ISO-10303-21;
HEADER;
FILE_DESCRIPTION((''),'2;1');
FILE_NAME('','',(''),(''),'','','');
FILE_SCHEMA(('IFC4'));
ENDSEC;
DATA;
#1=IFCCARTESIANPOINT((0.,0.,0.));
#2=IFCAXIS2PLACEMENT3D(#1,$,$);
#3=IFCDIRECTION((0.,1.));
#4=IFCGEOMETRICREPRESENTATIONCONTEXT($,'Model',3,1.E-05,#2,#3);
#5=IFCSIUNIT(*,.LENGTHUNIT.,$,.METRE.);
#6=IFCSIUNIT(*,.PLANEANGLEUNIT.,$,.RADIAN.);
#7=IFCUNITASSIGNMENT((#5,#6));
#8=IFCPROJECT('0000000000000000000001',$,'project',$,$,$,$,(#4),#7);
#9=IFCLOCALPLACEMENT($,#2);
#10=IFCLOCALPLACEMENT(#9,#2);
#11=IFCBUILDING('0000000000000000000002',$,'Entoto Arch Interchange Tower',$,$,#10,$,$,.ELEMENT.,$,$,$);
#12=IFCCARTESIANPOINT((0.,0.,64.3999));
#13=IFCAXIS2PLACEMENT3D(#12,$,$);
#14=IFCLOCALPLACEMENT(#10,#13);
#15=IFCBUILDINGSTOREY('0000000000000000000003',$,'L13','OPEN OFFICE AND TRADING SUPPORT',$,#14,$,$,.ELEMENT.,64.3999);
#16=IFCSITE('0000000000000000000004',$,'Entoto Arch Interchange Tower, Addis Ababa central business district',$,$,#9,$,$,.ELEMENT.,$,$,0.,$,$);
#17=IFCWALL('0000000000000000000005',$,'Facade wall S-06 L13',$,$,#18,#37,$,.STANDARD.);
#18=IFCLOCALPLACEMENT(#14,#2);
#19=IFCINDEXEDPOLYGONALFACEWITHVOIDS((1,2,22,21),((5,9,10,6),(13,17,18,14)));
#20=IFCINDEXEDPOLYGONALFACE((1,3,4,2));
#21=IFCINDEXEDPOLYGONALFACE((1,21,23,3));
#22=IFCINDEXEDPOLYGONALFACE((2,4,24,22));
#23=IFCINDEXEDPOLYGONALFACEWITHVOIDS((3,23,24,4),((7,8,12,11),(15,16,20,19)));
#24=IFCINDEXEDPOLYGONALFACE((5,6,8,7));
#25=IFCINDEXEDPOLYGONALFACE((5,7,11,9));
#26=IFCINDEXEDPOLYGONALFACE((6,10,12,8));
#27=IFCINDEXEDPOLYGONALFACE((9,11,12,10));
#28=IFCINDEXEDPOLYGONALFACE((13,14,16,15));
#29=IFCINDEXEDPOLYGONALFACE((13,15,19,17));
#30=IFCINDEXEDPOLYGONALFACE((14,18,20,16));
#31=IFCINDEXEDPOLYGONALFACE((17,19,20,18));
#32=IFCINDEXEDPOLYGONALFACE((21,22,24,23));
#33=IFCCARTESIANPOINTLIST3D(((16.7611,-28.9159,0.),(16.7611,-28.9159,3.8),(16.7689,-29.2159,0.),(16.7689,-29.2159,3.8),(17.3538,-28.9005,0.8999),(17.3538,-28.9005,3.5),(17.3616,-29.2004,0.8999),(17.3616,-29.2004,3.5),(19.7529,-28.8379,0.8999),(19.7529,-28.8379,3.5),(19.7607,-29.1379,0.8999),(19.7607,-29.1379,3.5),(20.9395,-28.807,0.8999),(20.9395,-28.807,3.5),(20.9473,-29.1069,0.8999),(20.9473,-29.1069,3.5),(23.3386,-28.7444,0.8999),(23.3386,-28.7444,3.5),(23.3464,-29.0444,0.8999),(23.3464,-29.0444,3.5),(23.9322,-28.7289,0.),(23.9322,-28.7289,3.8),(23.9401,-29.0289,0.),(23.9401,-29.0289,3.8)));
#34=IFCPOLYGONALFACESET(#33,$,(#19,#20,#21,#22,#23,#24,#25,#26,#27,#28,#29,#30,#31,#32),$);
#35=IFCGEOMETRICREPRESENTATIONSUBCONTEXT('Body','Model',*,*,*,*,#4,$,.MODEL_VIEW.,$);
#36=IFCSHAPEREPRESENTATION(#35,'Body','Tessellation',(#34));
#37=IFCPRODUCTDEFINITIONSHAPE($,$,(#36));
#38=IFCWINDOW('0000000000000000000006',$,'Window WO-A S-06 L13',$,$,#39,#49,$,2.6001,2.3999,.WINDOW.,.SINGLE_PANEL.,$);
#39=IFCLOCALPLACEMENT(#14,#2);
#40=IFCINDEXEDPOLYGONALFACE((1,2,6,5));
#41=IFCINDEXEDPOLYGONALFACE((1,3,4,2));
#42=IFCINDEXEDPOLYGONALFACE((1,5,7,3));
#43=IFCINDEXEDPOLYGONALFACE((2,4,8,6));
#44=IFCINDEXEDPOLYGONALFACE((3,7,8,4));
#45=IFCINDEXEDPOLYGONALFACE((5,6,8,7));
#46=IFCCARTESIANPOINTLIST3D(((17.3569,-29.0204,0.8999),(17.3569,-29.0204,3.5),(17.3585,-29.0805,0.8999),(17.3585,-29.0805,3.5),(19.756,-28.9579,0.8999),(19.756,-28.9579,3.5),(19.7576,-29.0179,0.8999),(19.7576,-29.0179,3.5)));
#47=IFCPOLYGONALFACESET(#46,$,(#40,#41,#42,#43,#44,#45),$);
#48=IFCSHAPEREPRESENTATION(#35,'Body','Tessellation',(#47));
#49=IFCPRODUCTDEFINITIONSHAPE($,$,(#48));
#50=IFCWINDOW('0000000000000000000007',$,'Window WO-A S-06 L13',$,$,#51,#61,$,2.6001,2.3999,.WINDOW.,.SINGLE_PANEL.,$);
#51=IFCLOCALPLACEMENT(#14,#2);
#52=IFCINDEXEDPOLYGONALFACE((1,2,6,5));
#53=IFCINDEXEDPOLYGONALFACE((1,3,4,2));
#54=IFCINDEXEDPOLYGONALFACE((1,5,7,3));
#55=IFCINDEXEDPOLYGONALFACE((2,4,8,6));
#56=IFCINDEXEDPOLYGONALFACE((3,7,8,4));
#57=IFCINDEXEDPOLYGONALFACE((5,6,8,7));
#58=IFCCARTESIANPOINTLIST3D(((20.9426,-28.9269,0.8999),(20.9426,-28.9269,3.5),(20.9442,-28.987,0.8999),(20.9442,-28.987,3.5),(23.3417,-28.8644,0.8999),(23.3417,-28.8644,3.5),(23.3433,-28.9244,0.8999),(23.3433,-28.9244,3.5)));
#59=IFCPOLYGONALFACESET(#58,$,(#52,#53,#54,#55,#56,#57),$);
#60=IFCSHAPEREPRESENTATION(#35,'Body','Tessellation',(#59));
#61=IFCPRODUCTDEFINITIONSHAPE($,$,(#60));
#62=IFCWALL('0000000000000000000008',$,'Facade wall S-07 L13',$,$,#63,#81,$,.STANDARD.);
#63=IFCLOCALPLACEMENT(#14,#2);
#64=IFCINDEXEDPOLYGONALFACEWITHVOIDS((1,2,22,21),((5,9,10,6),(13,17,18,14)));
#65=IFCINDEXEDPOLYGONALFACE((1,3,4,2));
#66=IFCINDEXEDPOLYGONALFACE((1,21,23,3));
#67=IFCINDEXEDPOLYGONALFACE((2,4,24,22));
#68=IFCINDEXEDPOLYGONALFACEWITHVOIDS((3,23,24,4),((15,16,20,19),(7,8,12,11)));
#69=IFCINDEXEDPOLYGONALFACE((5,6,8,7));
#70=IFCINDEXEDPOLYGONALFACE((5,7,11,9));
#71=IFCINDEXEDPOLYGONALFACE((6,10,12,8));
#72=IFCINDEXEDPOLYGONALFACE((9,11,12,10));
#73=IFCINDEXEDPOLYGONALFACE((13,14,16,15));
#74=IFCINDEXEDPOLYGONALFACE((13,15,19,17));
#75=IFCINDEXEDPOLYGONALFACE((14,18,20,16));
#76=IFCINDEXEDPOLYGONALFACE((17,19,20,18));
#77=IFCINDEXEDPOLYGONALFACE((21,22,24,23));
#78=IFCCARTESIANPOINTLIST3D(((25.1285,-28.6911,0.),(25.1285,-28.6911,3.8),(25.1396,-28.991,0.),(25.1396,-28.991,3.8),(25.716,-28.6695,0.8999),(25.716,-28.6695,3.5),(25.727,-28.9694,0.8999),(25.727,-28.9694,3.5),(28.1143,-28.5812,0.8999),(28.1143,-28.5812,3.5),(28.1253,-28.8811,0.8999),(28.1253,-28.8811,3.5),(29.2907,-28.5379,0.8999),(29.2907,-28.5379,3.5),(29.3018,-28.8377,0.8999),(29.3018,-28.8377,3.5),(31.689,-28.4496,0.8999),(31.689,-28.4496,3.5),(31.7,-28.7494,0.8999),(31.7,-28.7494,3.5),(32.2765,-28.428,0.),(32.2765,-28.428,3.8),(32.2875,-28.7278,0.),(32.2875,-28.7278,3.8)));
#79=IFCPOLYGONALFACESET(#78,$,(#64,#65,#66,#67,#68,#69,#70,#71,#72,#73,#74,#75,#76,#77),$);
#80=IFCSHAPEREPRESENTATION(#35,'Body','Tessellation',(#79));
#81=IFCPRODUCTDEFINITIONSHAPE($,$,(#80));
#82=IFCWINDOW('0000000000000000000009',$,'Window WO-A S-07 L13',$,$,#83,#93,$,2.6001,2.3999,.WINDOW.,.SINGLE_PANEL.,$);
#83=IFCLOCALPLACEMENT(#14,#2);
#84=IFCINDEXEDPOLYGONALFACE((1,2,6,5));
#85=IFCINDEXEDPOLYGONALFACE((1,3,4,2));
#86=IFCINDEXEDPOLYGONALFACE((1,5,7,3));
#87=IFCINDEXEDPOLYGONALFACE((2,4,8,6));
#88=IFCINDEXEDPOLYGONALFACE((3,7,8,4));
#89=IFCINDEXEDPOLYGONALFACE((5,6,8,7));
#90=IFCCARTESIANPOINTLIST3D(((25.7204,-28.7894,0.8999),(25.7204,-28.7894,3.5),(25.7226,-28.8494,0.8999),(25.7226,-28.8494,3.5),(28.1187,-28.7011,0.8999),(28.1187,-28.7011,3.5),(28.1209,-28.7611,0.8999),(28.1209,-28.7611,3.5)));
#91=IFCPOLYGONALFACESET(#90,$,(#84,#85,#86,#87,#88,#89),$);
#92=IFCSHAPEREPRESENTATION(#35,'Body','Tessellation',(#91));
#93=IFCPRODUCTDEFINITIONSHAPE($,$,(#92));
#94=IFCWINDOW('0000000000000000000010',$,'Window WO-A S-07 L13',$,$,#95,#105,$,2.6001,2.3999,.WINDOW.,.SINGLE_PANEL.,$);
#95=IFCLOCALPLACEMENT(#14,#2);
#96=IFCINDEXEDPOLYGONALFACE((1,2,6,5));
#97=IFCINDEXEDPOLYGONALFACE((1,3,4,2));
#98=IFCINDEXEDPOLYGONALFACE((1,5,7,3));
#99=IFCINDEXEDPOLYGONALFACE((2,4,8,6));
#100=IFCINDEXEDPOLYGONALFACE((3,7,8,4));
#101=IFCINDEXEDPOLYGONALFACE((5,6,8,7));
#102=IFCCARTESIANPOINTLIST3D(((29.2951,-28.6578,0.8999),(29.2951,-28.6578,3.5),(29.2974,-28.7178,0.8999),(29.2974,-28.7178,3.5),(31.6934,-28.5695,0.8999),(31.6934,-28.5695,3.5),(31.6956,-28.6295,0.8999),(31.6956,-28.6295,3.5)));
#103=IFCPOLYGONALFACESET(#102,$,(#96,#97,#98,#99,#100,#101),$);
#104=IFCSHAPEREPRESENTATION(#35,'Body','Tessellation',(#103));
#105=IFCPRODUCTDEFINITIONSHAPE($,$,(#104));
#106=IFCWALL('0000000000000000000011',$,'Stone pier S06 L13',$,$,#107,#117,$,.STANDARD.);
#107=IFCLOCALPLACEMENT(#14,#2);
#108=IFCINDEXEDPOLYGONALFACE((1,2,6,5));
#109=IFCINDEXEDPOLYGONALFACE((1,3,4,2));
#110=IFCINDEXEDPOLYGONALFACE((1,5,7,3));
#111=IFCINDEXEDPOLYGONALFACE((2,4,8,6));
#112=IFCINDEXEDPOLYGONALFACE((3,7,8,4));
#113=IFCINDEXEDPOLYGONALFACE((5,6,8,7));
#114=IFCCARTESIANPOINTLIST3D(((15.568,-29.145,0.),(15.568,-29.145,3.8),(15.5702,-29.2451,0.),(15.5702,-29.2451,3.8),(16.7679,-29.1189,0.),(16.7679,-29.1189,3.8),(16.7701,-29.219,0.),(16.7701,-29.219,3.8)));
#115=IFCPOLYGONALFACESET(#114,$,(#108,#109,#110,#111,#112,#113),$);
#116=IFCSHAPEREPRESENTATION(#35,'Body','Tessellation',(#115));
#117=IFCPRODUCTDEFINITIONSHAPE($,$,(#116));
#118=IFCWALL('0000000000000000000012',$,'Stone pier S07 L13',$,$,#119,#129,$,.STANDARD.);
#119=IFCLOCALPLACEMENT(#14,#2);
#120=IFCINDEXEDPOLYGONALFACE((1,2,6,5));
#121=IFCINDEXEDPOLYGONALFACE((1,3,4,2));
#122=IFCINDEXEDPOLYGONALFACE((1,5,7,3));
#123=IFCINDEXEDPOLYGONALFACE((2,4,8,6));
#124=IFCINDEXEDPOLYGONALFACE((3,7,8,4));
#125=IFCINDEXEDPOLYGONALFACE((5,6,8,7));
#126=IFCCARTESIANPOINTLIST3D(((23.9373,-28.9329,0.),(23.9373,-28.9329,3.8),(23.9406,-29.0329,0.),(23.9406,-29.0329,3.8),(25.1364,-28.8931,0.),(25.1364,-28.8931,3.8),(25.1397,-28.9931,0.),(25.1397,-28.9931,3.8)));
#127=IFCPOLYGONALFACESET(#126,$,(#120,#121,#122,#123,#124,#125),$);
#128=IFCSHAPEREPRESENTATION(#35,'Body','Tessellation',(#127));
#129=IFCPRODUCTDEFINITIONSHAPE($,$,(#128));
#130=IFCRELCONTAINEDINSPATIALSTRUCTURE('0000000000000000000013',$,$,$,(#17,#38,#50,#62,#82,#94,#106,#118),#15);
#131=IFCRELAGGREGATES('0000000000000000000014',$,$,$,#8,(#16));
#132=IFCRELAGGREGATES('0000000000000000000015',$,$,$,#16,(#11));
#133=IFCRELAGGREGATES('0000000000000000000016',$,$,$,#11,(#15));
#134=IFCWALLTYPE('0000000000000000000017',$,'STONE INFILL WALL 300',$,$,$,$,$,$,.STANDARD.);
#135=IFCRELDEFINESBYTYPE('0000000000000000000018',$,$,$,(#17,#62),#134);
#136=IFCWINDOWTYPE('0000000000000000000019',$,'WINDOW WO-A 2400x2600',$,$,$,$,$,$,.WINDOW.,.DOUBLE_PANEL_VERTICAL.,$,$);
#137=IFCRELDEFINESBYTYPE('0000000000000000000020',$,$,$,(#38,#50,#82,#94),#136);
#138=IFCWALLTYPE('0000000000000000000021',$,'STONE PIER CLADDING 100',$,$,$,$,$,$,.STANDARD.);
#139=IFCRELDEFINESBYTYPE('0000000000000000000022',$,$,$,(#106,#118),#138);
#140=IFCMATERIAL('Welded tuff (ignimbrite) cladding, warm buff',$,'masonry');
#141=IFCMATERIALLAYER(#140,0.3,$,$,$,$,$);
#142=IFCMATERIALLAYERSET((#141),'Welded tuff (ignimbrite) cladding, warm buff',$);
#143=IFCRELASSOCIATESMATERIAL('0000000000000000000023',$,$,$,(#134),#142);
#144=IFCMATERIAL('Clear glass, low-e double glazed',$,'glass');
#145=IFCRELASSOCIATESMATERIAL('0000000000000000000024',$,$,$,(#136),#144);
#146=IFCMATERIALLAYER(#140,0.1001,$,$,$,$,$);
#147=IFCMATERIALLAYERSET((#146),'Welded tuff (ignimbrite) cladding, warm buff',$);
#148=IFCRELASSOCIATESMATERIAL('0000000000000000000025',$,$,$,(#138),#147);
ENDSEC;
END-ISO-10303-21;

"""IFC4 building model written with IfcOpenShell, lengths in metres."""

from ifc_helpers import new_model, si_unit, direction, frame, frame_2d, origin, place, context, subcontext, project, spatial, rectangle, extrude, material, layer, layer_set, type_object, element, fill, save


model = new_model("IFC4")

# Units and contexts
model_context = context("Model", 3, precision=1e-05, world=origin(), true_north=direction((0.0, 1.0)))
body_context = subcontext(model_context, "Body", "Model", "MODEL_VIEW")
ifc_project = project(units=[si_unit("LENGTHUNIT", "METRE"), si_unit("PLANEANGLEUNIT", "RADIAN")], contexts=[model_context])

# Site, building, storey
site_placement = place(None, origin())
site = spatial("IfcSite", under=ifc_project, at=site_placement, Name="Entoto Arch Interchange Tower, Addis Ababa central business district", CompositionType="ELEMENT", RefElevation=0.0)
building_placement = place(site_placement, origin())
building = spatial("IfcBuilding", under=site, at=building_placement, Name="Entoto Arch Interchange Tower", CompositionType="ELEMENT")
storey_placement = place(building_placement, frame((0.0, 0.0, 64.3999)))
storey = spatial("IfcBuildingStorey", under=building, at=storey_placement, Name="L13", Description="OPEN OFFICE AND TRADING SUPPORT", CompositionType="ELEMENT", Elevation=64.3999)

# Walls, openings, windows
ifc_material_1 = material(Name="Welded tuff (ignimbrite) cladding, warm buff", Category="masonry")
ifc_layer_1 = layer(ifc_material_1, 0.3)
ifc_layer_set_1 = layer_set([ifc_layer_1], Name="Welded tuff (ignimbrite) cladding, warm buff")
wall_type_1 = type_object("IfcWallType", Name="STONE INFILL WALL 300", PredefinedType="STANDARD", material=ifc_layer_set_1)
wall_1_placement = place(storey_placement, frame((16.7649, -29.0659, 0.0), z_axis=(0.0, 0.0, 1.0), x_axis=(0.99966, 0.02607, 0.0)))
wall_1 = element("IfcWall", 1, at=wall_1_placement, inside=storey, type_object=wall_type_1, Name="Facade wall S-06 L13", PredefinedType="STANDARD", context=body_context, shape_type="SweptSolid", body=[
    extrude(rectangle(XDim=7.1736, YDim=0.3, at=frame_2d((3.5869, 0.0))), origin(), (0.0, 0.0, 1.0), 3.8),
])
opening_1_placement = place(wall_1_placement, frame((0.593, 0.0, 0.8999)))
opening_1 = element("IfcOpeningElement", 2, at=opening_1_placement, cuts=wall_1, PredefinedType="OPENING", context=body_context, shape_type="SweptSolid", body=[
    extrude(rectangle(XDim=2.3999, YDim=2.6001, at=frame_2d((1.2, 1.3))), frame((0.0, 0.1602, 0.0), z_axis=(0.0, -1.0, 0.0), x_axis=(1.0, 0.0, 0.0)), (0.0, 0.0, 1.0), 0.3201),
])
opening_2_placement = place(wall_1_placement, frame((4.1799, 0.0, 0.8999)))
opening_2 = element("IfcOpeningElement", 3, at=opening_2_placement, cuts=wall_1, PredefinedType="OPENING", context=body_context, shape_type="SweptSolid", body=[
    extrude(rectangle(XDim=2.3999, YDim=2.6001, at=frame_2d((1.2, 1.3))), frame((0.0, 0.1602, 0.0), z_axis=(0.0, -1.0, 0.0), x_axis=(1.0, 0.0, 0.0)), (0.0, 0.0, 1.0), 0.3201),
])
ifc_material_2 = material(Name="Clear glass, low-e double glazed", Category="glass")
window_type = type_object("IfcWindowType", Name="WINDOW WO-A 2400x2600", PartitioningType="DOUBLE_PANEL_VERTICAL", PredefinedType="WINDOW", material=ifc_material_2)
window_1_placement = place(opening_1_placement, origin())
window_1 = element("IfcWindow", 4, at=window_1_placement, inside=storey, type_object=window_type, Name="Window WO-A S-06 L13", OverallHeight=2.6001, OverallWidth=2.3999, PartitioningType="SINGLE_PANEL", PredefinedType="WINDOW", context=body_context, shape_type="SweptSolid", body=[
    extrude(rectangle(XDim=2.3999, YDim=2.6001, at=frame_2d((1.2, 1.3))), frame((0.0, 0.03, 0.0), z_axis=(0.0, -1.0, 0.0), x_axis=(1.0, 0.0, 0.0)), (0.0, 0.0, 1.0), 0.0601),
])
fill(opening_1, window_1)
window_2_placement = place(opening_2_placement, origin())
window_2 = element("IfcWindow", 5, at=window_2_placement, inside=storey, type_object=window_type, Name="Window WO-A S-06 L13", OverallHeight=2.6001, OverallWidth=2.3999, PartitioningType="SINGLE_PANEL", PredefinedType="WINDOW", context=body_context, shape_type="SweptSolid", body=[
    extrude(rectangle(XDim=2.3999, YDim=2.6001, at=frame_2d((1.2, 1.3))), frame((0.0, 0.03, 0.0), z_axis=(0.0, -1.0, 0.0), x_axis=(1.0, 0.0, 0.0)), (0.0, 0.0, 1.0), 0.0601),
])
fill(opening_2, window_2)
wall_2_placement = place(storey_placement, frame((25.134, -28.8411, 0.0), z_axis=(0.0, 0.0, 1.0), x_axis=(0.999323, 0.036795, 0.0)))
wall_2 = element("IfcWall", 6, at=wall_2_placement, inside=storey, type_object=wall_type_1, Name="Facade wall S-07 L13", PredefinedType="STANDARD", context=body_context, shape_type="SweptSolid", body=[
    extrude(rectangle(XDim=7.1528, YDim=0.3, at=frame_2d((3.5764, 0.0))), origin(), (0.0, 0.0, 1.0), 3.8),
])
opening_3_placement = place(wall_2_placement, frame((0.5879, 0.0, 0.8999)))
opening_3 = element("IfcOpeningElement", 7, at=opening_3_placement, cuts=wall_2, PredefinedType="OPENING", context=body_context, shape_type="SweptSolid", body=[
    extrude(rectangle(XDim=2.3999, YDim=2.6001, at=frame_2d((1.2, 1.3))), frame((0.0, 0.1602, 0.0), z_axis=(0.0, -1.0, 0.0), x_axis=(1.0, 0.0, 0.0)), (0.0, 0.0, 1.0), 0.3201),
])
opening_4_placement = place(wall_2_placement, frame((4.165, 0.0, 0.8999)))
opening_4 = element("IfcOpeningElement", 8, at=opening_4_placement, cuts=wall_2, PredefinedType="OPENING", context=body_context, shape_type="SweptSolid", body=[
    extrude(rectangle(XDim=2.3999, YDim=2.6001, at=frame_2d((1.2, 1.3))), frame((0.0, 0.1602, 0.0), z_axis=(0.0, -1.0, 0.0), x_axis=(1.0, 0.0, 0.0)), (0.0, 0.0, 1.0), 0.3201),
])
window_3_placement = place(opening_3_placement, origin())
window_3 = element("IfcWindow", 9, at=window_3_placement, inside=storey, type_object=window_type, Name="Window WO-A S-07 L13", OverallHeight=2.6001, OverallWidth=2.3999, PartitioningType="SINGLE_PANEL", PredefinedType="WINDOW", context=body_context, shape_type="SweptSolid", body=[
    extrude(rectangle(XDim=2.3999, YDim=2.6001, at=frame_2d((1.2, 1.3))), frame((0.0, 0.03, 0.0), z_axis=(0.0, -1.0, 0.0), x_axis=(1.0, 0.0, 0.0)), (0.0, 0.0, 1.0), 0.0601),
])
fill(opening_3, window_3)
window_4_placement = place(opening_4_placement, origin())
window_4 = element("IfcWindow", 10, at=window_4_placement, inside=storey, type_object=window_type, Name="Window WO-A S-07 L13", OverallHeight=2.6001, OverallWidth=2.3999, PartitioningType="SINGLE_PANEL", PredefinedType="WINDOW", context=body_context, shape_type="SweptSolid", body=[
    extrude(rectangle(XDim=2.3999, YDim=2.6001, at=frame_2d((1.2, 1.3))), frame((0.0, 0.03, 0.0), z_axis=(0.0, -1.0, 0.0), x_axis=(1.0, 0.0, 0.0)), (0.0, 0.0, 1.0), 0.0601),
])
fill(opening_4, window_4)

# Walls
ifc_layer_2 = layer(ifc_material_1, 0.1001)
ifc_layer_set_2 = layer_set([ifc_layer_2], Name="Welded tuff (ignimbrite) cladding, warm buff")
wall_type_2 = type_object("IfcWallType", Name="STONE PIER CLADDING 100", PredefinedType="STANDARD", material=ifc_layer_set_2)
wall_3_placement = place(storey_placement, frame((15.5691, -29.1951, 0.0), z_axis=(0.0, 0.0, 1.0), x_axis=(0.999763, 0.021765, 0.0)))
element("IfcWall", 11, at=wall_3_placement, inside=storey, type_object=wall_type_2, Name="Stone pier S06 L13", PredefinedType="STANDARD", context=body_context, shape_type="SweptSolid", body=[
    extrude(rectangle(XDim=1.2002, YDim=0.1001, at=frame_2d((0.6001, 0.0))), origin(), (0.0, 0.0, 1.0), 3.8),
])
wall_4_placement = place(storey_placement, frame((23.939, -28.9829, 0.0), z_axis=(0.0, 0.0, 1.0), x_axis=(0.99945, 0.033173, 0.0)))
element("IfcWall", 12, at=wall_4_placement, inside=storey, type_object=wall_type_2, Name="Stone pier S07 L13", PredefinedType="STANDARD", context=body_context, shape_type="SweptSolid", body=[
    extrude(rectangle(XDim=1.1997, YDim=0.1001, at=frame_2d((0.5999, 0.0))), origin(), (0.0, 0.0, 1.0), 3.8),
])

save(model, "model.ifc")
